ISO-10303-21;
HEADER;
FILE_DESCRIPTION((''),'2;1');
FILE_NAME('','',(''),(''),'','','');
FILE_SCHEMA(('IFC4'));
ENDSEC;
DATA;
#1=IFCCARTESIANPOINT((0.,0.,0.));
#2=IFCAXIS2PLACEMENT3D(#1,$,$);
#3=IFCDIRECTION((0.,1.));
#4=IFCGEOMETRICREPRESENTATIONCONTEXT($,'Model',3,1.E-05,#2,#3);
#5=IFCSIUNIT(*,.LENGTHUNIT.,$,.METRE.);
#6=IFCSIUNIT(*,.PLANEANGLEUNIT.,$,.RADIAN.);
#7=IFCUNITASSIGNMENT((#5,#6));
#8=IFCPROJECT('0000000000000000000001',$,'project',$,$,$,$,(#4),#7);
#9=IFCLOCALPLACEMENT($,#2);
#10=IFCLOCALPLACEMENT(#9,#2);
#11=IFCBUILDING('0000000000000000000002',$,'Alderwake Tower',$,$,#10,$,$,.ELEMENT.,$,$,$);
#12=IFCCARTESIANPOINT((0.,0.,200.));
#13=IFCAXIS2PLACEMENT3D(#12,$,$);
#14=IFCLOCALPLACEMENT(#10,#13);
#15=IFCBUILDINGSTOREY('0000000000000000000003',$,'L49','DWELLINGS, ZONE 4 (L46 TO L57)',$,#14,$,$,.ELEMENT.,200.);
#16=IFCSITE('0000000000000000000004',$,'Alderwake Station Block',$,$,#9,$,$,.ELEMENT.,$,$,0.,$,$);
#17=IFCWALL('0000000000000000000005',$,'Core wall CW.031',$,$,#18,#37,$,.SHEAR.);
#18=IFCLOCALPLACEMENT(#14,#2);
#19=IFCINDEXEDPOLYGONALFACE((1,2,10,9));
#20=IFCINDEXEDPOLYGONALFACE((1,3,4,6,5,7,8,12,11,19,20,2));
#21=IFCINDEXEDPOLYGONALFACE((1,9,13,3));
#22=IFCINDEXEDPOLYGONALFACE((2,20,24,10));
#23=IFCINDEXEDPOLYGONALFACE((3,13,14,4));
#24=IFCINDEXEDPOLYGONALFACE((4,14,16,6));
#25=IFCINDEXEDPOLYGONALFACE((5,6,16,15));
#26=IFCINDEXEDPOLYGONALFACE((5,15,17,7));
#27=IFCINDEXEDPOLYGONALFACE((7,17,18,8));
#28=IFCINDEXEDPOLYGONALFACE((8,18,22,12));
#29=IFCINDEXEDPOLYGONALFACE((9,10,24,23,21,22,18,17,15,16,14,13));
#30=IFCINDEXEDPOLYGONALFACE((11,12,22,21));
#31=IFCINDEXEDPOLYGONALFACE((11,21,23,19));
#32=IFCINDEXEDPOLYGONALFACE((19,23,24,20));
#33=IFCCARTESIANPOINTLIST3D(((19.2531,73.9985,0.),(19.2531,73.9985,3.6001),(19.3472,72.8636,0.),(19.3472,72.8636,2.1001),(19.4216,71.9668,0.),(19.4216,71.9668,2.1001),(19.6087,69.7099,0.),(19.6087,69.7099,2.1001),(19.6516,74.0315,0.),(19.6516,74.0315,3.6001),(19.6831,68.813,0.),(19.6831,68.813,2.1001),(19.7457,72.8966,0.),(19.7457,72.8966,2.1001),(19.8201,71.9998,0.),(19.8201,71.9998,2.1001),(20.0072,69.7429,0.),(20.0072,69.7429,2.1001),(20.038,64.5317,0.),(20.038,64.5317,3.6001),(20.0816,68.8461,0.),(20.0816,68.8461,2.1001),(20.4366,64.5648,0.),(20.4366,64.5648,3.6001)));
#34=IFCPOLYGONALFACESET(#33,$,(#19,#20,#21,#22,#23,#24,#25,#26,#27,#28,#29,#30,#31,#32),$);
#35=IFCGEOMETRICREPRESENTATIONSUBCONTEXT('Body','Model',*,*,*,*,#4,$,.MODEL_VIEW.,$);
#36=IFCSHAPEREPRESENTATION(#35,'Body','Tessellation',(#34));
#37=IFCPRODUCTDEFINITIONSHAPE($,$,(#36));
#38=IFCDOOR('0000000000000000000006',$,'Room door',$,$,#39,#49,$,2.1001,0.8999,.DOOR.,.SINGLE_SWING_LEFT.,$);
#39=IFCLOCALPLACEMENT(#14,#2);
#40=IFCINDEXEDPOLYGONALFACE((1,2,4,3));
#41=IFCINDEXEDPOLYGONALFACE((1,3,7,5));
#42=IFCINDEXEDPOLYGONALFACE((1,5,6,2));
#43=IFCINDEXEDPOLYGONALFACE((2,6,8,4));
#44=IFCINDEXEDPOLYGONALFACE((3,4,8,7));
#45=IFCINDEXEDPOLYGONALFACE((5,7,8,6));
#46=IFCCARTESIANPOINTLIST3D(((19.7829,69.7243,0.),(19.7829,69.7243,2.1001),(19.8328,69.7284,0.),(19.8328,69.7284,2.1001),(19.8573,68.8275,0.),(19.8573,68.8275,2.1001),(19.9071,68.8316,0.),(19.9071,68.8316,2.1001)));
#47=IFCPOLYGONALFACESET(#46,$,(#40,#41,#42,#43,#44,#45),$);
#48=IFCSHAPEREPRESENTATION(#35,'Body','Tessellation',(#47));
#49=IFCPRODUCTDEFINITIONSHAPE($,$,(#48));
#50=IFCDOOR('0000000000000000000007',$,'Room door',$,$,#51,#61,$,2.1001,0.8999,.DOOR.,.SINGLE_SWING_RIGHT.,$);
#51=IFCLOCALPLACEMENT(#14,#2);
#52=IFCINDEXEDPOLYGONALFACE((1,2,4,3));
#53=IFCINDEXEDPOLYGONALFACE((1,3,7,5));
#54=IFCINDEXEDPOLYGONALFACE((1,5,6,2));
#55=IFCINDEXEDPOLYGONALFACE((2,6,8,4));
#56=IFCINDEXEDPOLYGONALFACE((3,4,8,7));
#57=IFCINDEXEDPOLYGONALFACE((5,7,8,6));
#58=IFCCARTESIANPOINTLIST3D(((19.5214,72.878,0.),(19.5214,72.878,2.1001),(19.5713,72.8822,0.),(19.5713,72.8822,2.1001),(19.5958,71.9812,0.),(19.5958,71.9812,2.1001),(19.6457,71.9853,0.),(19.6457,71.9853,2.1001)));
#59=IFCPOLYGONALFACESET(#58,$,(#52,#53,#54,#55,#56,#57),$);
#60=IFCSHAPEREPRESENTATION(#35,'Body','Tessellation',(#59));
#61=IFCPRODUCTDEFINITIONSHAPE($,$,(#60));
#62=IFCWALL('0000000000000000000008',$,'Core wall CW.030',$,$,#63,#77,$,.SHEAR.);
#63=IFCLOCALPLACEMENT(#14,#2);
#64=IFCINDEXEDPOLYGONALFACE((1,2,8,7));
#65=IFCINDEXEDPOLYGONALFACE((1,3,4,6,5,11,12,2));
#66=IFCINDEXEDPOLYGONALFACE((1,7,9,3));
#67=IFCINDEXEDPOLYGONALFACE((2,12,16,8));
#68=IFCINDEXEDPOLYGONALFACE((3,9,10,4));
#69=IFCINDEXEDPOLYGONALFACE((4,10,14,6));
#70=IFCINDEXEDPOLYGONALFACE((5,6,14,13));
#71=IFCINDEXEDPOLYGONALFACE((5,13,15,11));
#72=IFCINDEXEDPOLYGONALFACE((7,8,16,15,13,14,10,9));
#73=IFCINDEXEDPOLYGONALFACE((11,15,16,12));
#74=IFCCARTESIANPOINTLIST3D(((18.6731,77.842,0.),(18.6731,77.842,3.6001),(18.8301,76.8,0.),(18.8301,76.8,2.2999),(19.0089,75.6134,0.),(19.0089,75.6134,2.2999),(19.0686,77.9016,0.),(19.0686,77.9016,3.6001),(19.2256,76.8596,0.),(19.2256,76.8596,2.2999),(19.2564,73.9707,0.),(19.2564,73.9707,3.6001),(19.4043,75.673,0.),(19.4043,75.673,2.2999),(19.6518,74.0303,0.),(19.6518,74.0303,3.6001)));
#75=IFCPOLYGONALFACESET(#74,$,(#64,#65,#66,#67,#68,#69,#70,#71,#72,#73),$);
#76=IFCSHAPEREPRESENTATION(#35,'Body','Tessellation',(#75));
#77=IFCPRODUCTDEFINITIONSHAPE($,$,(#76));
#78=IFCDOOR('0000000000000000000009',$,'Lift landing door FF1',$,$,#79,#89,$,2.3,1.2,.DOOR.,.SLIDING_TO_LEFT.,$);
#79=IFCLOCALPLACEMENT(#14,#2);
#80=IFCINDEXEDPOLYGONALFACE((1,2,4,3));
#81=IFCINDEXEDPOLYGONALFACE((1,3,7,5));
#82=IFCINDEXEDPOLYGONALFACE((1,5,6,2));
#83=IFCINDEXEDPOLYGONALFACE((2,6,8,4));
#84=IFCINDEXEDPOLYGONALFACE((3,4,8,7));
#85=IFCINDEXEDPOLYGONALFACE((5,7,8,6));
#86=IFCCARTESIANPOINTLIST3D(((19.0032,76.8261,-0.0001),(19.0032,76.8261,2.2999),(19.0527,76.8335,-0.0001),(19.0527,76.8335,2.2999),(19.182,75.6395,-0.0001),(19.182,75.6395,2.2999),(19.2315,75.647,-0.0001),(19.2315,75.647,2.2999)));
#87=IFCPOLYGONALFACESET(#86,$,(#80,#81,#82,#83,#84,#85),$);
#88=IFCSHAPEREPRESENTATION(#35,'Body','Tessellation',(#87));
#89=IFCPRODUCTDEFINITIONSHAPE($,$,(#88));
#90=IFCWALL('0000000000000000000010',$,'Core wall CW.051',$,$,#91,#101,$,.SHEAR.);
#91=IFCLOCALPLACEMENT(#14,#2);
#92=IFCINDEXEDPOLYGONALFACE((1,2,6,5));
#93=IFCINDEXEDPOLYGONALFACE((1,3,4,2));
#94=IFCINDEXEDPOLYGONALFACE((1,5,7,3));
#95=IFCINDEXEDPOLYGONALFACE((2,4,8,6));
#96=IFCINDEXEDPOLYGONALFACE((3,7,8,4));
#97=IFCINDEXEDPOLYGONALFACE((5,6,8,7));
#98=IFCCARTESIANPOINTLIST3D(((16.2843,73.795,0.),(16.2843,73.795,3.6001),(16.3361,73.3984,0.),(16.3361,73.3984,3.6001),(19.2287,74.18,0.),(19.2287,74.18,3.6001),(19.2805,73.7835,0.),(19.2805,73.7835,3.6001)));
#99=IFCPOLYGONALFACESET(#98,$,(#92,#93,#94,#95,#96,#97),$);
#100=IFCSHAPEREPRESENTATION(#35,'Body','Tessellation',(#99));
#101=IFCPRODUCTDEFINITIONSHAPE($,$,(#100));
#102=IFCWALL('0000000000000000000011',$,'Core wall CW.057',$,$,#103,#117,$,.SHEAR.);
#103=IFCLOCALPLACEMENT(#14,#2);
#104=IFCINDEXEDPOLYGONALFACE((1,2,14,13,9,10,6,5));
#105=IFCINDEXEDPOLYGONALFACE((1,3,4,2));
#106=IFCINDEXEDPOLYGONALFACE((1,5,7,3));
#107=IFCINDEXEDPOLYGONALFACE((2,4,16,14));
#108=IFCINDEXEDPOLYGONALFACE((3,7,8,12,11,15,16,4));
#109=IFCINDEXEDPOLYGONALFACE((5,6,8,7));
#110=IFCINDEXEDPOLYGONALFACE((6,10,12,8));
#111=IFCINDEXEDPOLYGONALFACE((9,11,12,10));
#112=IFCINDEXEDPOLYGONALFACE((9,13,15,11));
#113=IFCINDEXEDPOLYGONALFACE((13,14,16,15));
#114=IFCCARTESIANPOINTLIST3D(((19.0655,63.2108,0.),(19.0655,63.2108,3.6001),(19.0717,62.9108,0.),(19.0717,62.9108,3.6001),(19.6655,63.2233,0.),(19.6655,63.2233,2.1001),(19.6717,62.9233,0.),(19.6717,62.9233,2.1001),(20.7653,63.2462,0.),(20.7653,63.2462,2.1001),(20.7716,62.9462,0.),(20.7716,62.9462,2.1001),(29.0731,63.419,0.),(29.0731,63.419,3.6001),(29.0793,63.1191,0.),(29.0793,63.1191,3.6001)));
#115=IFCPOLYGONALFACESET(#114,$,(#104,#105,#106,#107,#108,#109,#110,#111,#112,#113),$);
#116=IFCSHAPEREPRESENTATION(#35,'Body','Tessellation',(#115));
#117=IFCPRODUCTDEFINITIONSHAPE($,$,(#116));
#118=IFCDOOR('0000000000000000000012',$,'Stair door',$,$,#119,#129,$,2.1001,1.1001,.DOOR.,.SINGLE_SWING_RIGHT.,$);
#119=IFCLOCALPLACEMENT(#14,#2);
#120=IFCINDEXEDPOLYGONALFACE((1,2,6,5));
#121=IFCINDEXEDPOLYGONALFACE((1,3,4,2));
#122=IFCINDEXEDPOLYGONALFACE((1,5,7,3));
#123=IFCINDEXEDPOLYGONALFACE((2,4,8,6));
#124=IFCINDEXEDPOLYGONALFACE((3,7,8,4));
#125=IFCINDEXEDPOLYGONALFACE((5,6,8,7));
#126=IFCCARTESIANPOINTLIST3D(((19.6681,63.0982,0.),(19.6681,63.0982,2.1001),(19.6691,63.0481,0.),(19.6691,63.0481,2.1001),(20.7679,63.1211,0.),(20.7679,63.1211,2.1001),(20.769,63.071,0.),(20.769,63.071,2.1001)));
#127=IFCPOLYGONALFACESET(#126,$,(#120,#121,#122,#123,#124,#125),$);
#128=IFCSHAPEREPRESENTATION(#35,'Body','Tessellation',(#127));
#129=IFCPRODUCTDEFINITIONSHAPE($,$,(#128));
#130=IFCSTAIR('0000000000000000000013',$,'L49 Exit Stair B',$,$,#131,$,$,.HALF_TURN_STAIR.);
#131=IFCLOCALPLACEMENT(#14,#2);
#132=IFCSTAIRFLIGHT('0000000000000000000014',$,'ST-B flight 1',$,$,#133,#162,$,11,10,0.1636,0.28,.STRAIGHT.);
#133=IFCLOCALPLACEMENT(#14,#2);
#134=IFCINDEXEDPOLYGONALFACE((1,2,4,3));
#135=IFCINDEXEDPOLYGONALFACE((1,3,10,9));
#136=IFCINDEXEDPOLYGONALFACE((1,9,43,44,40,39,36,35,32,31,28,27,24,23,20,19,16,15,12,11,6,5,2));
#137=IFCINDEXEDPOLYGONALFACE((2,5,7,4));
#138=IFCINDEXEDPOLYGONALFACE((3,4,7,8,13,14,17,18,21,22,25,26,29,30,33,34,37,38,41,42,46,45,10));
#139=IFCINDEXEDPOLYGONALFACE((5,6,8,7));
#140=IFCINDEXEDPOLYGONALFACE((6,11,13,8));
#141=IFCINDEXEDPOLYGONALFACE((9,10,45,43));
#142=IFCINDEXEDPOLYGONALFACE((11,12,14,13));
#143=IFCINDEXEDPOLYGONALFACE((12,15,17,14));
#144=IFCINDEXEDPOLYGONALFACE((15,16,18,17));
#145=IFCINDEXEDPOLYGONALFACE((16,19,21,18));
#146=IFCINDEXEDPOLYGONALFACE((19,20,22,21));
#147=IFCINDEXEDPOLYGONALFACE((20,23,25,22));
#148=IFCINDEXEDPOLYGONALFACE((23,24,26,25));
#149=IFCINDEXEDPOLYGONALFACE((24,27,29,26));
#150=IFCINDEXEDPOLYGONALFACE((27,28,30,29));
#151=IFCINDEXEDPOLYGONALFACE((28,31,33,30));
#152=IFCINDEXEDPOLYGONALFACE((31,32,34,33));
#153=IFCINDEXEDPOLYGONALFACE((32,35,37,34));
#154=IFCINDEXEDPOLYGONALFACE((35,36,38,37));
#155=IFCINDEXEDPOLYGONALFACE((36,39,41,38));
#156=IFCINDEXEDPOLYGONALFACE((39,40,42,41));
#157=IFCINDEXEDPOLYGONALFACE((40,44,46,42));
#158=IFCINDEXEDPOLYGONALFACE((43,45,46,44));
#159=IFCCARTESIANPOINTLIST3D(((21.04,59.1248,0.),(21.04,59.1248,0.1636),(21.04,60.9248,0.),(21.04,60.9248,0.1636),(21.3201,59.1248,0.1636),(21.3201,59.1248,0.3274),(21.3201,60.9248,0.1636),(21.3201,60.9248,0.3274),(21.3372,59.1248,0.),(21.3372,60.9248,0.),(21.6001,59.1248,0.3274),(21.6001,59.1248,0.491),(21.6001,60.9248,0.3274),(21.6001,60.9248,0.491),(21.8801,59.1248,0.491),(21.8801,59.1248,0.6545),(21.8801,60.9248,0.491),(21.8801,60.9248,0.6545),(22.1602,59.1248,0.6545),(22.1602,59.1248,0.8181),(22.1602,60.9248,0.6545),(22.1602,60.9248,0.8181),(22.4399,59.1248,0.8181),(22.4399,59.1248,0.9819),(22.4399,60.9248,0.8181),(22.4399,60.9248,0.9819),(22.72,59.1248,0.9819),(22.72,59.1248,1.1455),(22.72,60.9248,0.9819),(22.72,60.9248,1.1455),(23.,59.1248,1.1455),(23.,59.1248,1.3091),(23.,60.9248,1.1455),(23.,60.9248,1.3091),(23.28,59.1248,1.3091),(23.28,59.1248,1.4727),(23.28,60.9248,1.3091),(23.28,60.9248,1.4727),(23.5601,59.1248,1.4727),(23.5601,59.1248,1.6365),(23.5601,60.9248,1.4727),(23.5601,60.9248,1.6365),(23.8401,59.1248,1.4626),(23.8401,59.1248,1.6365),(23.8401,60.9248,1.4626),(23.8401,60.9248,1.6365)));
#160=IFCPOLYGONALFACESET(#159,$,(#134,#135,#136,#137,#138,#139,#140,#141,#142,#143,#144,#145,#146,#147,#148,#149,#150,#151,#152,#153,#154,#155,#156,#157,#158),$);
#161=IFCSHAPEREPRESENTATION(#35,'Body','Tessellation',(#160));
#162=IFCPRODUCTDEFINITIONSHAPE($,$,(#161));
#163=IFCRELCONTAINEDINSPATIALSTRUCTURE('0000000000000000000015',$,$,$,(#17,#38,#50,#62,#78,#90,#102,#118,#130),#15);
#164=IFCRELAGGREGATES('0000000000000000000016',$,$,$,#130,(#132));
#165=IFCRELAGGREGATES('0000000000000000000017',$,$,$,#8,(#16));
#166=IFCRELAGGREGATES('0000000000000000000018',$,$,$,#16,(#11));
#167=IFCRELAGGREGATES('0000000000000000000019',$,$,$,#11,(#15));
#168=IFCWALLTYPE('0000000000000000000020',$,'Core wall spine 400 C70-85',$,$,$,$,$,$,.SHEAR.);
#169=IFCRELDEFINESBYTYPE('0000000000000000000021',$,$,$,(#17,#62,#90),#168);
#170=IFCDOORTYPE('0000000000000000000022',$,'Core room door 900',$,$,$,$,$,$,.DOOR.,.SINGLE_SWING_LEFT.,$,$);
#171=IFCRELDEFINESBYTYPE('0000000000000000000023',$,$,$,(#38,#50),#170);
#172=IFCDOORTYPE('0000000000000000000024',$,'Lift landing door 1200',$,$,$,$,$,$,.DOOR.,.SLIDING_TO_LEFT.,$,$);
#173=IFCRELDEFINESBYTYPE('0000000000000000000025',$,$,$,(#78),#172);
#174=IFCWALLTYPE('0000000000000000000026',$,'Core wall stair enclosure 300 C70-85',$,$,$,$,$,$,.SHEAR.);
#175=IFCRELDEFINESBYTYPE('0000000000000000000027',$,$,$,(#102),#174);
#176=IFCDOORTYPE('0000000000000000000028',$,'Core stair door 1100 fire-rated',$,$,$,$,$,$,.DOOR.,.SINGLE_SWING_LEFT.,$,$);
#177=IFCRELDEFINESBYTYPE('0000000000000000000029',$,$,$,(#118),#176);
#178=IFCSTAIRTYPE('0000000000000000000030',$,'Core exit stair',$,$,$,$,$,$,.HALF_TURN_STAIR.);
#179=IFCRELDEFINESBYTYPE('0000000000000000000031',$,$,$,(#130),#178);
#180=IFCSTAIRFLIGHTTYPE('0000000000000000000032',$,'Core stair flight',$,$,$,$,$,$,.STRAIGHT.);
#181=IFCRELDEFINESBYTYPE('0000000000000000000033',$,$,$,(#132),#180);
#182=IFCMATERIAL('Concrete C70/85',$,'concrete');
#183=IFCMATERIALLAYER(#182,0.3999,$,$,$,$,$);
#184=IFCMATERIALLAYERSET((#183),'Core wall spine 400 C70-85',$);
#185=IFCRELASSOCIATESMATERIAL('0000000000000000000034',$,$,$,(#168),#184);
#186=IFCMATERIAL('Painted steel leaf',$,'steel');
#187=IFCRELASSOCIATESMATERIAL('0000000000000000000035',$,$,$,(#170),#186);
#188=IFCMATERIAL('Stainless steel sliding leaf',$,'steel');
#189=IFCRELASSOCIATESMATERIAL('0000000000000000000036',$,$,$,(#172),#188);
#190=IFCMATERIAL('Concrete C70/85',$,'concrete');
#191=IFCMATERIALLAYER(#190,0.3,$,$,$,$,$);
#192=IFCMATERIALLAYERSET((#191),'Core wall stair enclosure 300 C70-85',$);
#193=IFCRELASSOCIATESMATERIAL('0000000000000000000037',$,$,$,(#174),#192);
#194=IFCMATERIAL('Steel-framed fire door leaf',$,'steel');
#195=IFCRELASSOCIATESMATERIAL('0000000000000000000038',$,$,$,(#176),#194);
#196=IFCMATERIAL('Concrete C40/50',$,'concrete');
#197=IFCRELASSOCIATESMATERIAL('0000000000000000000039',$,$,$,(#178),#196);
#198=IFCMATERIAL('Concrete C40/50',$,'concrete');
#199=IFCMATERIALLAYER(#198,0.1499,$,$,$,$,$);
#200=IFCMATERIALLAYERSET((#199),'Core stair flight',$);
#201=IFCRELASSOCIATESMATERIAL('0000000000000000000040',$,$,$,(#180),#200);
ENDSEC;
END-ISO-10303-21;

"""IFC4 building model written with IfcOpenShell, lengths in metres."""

from ifc_helpers import new_model, si_unit, direction, frame, frame_2d, origin, place, context, subcontext, project, spatial, polyline, rectangle, outline, extrude, material, layer, layer_set, type_object, element, fill, aggregate, save


model = new_model("IFC4")

# Units and contexts
model_context = context("Model", 3, precision=1e-05, world=origin(), true_north=direction((0.0, 1.0)))
body_context = subcontext(model_context, "Body", "Model", "MODEL_VIEW")
ifc_project = project(units=[si_unit("LENGTHUNIT", "METRE"), si_unit("PLANEANGLEUNIT", "RADIAN")], contexts=[model_context])

# Site, building, storey
site_placement = place(None, origin())
site = spatial("IfcSite", under=ifc_project, at=site_placement, Name="Alderwake Station Block", CompositionType="ELEMENT", RefElevation=0.0)
building_placement = place(site_placement, origin())
building = spatial("IfcBuilding", under=site, at=building_placement, Name="Alderwake Tower", CompositionType="ELEMENT")
storey_placement = place(building_placement, frame((0.0, 0.0, 200.0)))
storey = spatial("IfcBuildingStorey", under=building, at=storey_placement, Name="L49", Description="DWELLINGS, ZONE 4 (L46 TO L57)", CompositionType="ELEMENT", Elevation=200.0)

# Wall, openings, doors
ifc_material_1 = material(Name="Concrete C70/85", Category="concrete")
ifc_layer_1 = layer(ifc_material_1, 0.3999)
ifc_layer_set_1 = layer_set([ifc_layer_1], Name="Core wall spine 400 C70-85")
wall_type_1 = type_object("IfcWallType", Name="Core wall spine 400 C70-85", PredefinedType="SHEAR", material=ifc_layer_set_1)
wall_1_placement = place(storey_placement, frame((19.4524, 74.0149, 0.0), z_axis=(0.0, 0.0, 1.0), x_axis=(0.082629, -0.99658, 0.0)))
wall_1 = element("IfcWall", 1, at=wall_1_placement, inside=storey, type_object=wall_type_1, Name="Core wall CW.031", PredefinedType="SHEAR", context=body_context, shape_type="SweptSolid", body=[
    extrude(rectangle(XDim=9.4993, YDim=0.3999, at=frame_2d((4.7495, 0.0))), origin(), (0.0, 0.0, 1.0), 3.6001),
])
opening_1_placement = place(wall_1_placement, frame((4.3032, 0.0, 0.0)))
opening_1 = element("IfcOpeningElement", 2, at=opening_1_placement, cuts=wall_1, PredefinedType="OPENING", context=body_context, shape_type="SweptSolid", body=[
    extrude(rectangle(XDim=0.8999, YDim=2.1001, at=frame_2d((0.45, 1.05))), frame((0.0, 0.21, 0.0), z_axis=(0.0, -1.0, 0.0), x_axis=(1.0, 0.0, 0.0)), (0.0, 0.0, 1.0), 0.4199),
])
opening_2_placement = place(wall_1_placement, frame((1.1387, 0.0, 0.0)))
opening_2 = element("IfcOpeningElement", 3, at=opening_2_placement, cuts=wall_1, PredefinedType="OPENING", context=body_context, shape_type="SweptSolid", body=[
    extrude(rectangle(XDim=0.8999, YDim=2.1001, at=frame_2d((0.45, 1.05))), frame((0.0, 0.21, 0.0), z_axis=(0.0, -1.0, 0.0), x_axis=(1.0, 0.0, 0.0)), (0.0, 0.0, 1.0), 0.4199),
])
ifc_material_2 = material(Name="Painted steel leaf", Category="steel")
door_type_1 = type_object("IfcDoorType", Name="Core room door 900", OperationType="SINGLE_SWING_LEFT", PredefinedType="DOOR", material=ifc_material_2)
door_1_placement = place(opening_1_placement, origin())
door_1 = element("IfcDoor", 4, at=door_1_placement, inside=storey, type_object=door_type_1, Name="Room door", OperationType="SINGLE_SWING_LEFT", OverallHeight=2.1001, OverallWidth=0.8999, PredefinedType="DOOR", context=body_context, shape_type="SweptSolid", body=[
    extrude(rectangle(XDim=0.8999, YDim=2.1001, at=frame_2d((0.45, 1.05))), frame((0.0, 0.0249, 0.0), z_axis=(0.0, -1.0, 0.0), x_axis=(1.0, 0.0, 0.0)), (0.0, 0.0, 1.0), 0.05),
])
fill(opening_1, door_1)
door_2_placement = place(opening_2_placement, origin())
door_2 = element("IfcDoor", 5, at=door_2_placement, inside=storey, type_object=door_type_1, Name="Room door", OperationType="SINGLE_SWING_RIGHT", OverallHeight=2.1001, OverallWidth=0.8999, PredefinedType="DOOR", context=body_context, shape_type="SweptSolid", body=[
    extrude(rectangle(XDim=0.8999, YDim=2.1001, at=frame_2d((0.45, 1.05))), frame((0.0, 0.0249, 0.0), z_axis=(0.0, -1.0, 0.0), x_axis=(1.0, 0.0, 0.0)), (0.0, 0.0, 1.0), 0.05),
])
fill(opening_2, door_2)

# Wall, opening, door
wall_2_placement = place(storey_placement, frame((19.4541, 74.0005, 0.0), z_axis=(0.0, 0.0, 1.0), x_axis=(-0.148978, 0.988841, 0.0)))
wall_2 = element("IfcWall", 6, at=wall_2_placement, inside=storey, type_object=wall_type_1, Name="Core wall CW.030", PredefinedType="SHEAR", context=body_context, shape_type="SweptSolid", body=[
    extrude(rectangle(XDim=3.915, YDim=0.3999, at=frame_2d((1.9575, 0.0))), origin(), (0.0, 0.0, 1.0), 3.6001),
])
opening_3_placement = place(wall_2_placement, frame((1.6611, 0.0, 0.0)))
opening_3 = element("IfcOpeningElement", 7, at=opening_3_placement, cuts=wall_2, PredefinedType="OPENING", context=body_context, shape_type="SweptSolid", body=[
    extrude(rectangle(XDim=1.2, YDim=2.3, at=frame_2d((0.6001, 1.1499))), frame((0.0, 0.21, 0.0), z_axis=(0.0, -1.0, 0.0), x_axis=(1.0, 0.0, 0.0)), (0.0, 0.0, 1.0), 0.4199),
])
ifc_material_3 = material(Name="Stainless steel sliding leaf", Category="steel")
door_type_2 = type_object("IfcDoorType", Name="Lift landing door 1200", OperationType="SLIDING_TO_LEFT", PredefinedType="DOOR", material=ifc_material_3)
door_3_placement = place(opening_3_placement, origin())
door_3 = element("IfcDoor", 8, at=door_3_placement, inside=storey, type_object=door_type_2, Name="Lift landing door FF1", OperationType="SLIDING_TO_LEFT", OverallHeight=2.3, OverallWidth=1.2, PredefinedType="DOOR", context=body_context, shape_type="SweptSolid", body=[
    extrude(rectangle(XDim=1.2, YDim=2.3, at=frame_2d((0.6001, 1.1499))), frame((0.0, 0.0249, 0.0), z_axis=(0.0, -1.0, 0.0), x_axis=(1.0, 0.0, 0.0)), (0.0, 0.0, 1.0), 0.05),
])
fill(opening_3, door_3)

# Wall
wall_3_placement = place(storey_placement, frame((16.3101, 73.5967, 0.0), z_axis=(0.0, 0.0, 1.0), x_axis=(0.991559, 0.129659, 0.0)))
element("IfcWall", 9, at=wall_3_placement, inside=storey, type_object=wall_type_1, Name="Core wall CW.051", PredefinedType="SHEAR", context=body_context, shape_type="SweptSolid", body=[
    extrude(rectangle(XDim=2.9695, YDim=0.3999, at=frame_2d((1.4849, 0.0))), origin(), (0.0, 0.0, 1.0), 3.6001),
])

# Wall, opening, door
ifc_material_4 = material(Name="Concrete C70/85", Category="concrete")
ifc_layer_2 = layer(ifc_material_4, 0.3)
ifc_layer_set_2 = layer_set([ifc_layer_2], Name="Core wall stair enclosure 300 C70-85")
wall_type_2 = type_object("IfcWallType", Name="Core wall stair enclosure 300 C70-85", PredefinedType="SHEAR", material=ifc_layer_set_2)
wall_4_placement = place(storey_placement, frame((19.0686, 63.0608, 0.0), z_axis=(0.0, 0.0, 1.0), x_axis=(0.999784, 0.020805, 0.0)))
wall_4 = element("IfcWall", 10, at=wall_4_placement, inside=storey, type_object=wall_type_2, Name="Core wall CW.057", PredefinedType="SHEAR", context=body_context, shape_type="SweptSolid", body=[
    extrude(rectangle(XDim=10.0098, YDim=0.3, at=frame_2d((5.0049, 0.0))), origin(), (0.0, 0.0, 1.0), 3.6001),
])
opening_4_placement = place(wall_4_placement, frame((0.6001, 0.0, 0.0)))
opening_4 = element("IfcOpeningElement", 11, at=opening_4_placement, cuts=wall_4, PredefinedType="OPENING", context=body_context, shape_type="SweptSolid", body=[
    extrude(rectangle(XDim=1.1001, YDim=2.1001, at=frame_2d((0.55, 1.05))), frame((0.0, 0.1599, 0.0), z_axis=(0.0, -1.0, 0.0), x_axis=(1.0, 0.0, 0.0)), (0.0, 0.0, 1.0), 0.3201),
])
ifc_material_5 = material(Name="Steel-framed fire door leaf", Category="steel")
door_type_3 = type_object("IfcDoorType", Name="Core stair door 1100 fire-rated", OperationType="SINGLE_SWING_LEFT", PredefinedType="DOOR", material=ifc_material_5)
door_4_placement = place(opening_4_placement, origin())
door_4 = element("IfcDoor", 12, at=door_4_placement, inside=storey, type_object=door_type_3, Name="Stair door", OperationType="SINGLE_SWING_RIGHT", OverallHeight=2.1001, OverallWidth=1.1001, PredefinedType="DOOR", context=body_context, shape_type="SweptSolid", body=[
    extrude(rectangle(XDim=1.1001, YDim=2.1001, at=frame_2d((0.55, 1.05))), frame((0.0, 0.0249, 0.0), z_axis=(0.0, -1.0, 0.0), x_axis=(1.0, 0.0, 0.0)), (0.0, 0.0, 1.0), 0.05),
])
fill(opening_4, door_4)

# Stair, stair flight
ifc_material_6 = material(Name="Concrete C40/50", Category="concrete")
stair_type = type_object("IfcStairType", Name="Core exit stair", PredefinedType="HALF_TURN_STAIR", material=ifc_material_6)
stair_placement = place(storey_placement, origin())
stair = element("IfcStair", 13, at=stair_placement, inside=storey, type_object=stair_type, Name="L49 Exit Stair B", PredefinedType="HALF_TURN_STAIR")
ifc_material_7 = material(Name="Concrete C40/50", Category="concrete")
ifc_layer_3 = layer(ifc_material_7, 0.1499)
ifc_layer_set_3 = layer_set([ifc_layer_3], Name="Core stair flight")
stair_flight_type = type_object("IfcStairFlightType", Name="Core stair flight", PredefinedType="STRAIGHT", material=ifc_layer_set_3)
stair_flight_placement = place(storey_placement, frame((21.04, 60.0249, 0.0), z_axis=(0.0, 0.0, 1.0), x_axis=(1.0, 0.0, 0.0)))
stair_flight = element("IfcStairFlight", 14, at=stair_flight_placement, type_object=stair_flight_type, Name="ST-B flight 1", NumberOfRisers=11, NumberOfTreads=10, PredefinedType="STRAIGHT", RiserHeight=0.1636, TreadLength=0.28, context=body_context, shape_type="SweptSolid", body=[
    extrude(outline(polyline([(0.0, 0.0), (0.0, 0.1636), (0.28, 0.1636), (0.28, 0.3274), (0.5601, 0.3274), (0.5601, 0.491), (0.8401, 0.491), (0.8401, 0.6545), (1.1201, 0.6545), (1.1201, 0.8181), (1.3999, 0.8181), (1.3999, 0.9819), (1.6799, 0.9819), (1.6799, 1.1455), (1.96, 1.1455), (1.96, 1.3091), (2.24, 1.3091), (2.24, 1.4727), (2.52, 1.4727), (2.52, 1.6365), (2.8, 1.6365), (2.8, 1.8), (2.8, 1.4626), (0.2971, 0.0), (0.0, 0.0)])), frame((0.0, 0.8999, 0.0), z_axis=(0.0, -1.0, 0.0), x_axis=(1.0, 0.0, 0.0)), (0.0, 0.0, 1.0), 1.8),
])
aggregate(stair, [stair_flight])

save(model, "model.ifc")
